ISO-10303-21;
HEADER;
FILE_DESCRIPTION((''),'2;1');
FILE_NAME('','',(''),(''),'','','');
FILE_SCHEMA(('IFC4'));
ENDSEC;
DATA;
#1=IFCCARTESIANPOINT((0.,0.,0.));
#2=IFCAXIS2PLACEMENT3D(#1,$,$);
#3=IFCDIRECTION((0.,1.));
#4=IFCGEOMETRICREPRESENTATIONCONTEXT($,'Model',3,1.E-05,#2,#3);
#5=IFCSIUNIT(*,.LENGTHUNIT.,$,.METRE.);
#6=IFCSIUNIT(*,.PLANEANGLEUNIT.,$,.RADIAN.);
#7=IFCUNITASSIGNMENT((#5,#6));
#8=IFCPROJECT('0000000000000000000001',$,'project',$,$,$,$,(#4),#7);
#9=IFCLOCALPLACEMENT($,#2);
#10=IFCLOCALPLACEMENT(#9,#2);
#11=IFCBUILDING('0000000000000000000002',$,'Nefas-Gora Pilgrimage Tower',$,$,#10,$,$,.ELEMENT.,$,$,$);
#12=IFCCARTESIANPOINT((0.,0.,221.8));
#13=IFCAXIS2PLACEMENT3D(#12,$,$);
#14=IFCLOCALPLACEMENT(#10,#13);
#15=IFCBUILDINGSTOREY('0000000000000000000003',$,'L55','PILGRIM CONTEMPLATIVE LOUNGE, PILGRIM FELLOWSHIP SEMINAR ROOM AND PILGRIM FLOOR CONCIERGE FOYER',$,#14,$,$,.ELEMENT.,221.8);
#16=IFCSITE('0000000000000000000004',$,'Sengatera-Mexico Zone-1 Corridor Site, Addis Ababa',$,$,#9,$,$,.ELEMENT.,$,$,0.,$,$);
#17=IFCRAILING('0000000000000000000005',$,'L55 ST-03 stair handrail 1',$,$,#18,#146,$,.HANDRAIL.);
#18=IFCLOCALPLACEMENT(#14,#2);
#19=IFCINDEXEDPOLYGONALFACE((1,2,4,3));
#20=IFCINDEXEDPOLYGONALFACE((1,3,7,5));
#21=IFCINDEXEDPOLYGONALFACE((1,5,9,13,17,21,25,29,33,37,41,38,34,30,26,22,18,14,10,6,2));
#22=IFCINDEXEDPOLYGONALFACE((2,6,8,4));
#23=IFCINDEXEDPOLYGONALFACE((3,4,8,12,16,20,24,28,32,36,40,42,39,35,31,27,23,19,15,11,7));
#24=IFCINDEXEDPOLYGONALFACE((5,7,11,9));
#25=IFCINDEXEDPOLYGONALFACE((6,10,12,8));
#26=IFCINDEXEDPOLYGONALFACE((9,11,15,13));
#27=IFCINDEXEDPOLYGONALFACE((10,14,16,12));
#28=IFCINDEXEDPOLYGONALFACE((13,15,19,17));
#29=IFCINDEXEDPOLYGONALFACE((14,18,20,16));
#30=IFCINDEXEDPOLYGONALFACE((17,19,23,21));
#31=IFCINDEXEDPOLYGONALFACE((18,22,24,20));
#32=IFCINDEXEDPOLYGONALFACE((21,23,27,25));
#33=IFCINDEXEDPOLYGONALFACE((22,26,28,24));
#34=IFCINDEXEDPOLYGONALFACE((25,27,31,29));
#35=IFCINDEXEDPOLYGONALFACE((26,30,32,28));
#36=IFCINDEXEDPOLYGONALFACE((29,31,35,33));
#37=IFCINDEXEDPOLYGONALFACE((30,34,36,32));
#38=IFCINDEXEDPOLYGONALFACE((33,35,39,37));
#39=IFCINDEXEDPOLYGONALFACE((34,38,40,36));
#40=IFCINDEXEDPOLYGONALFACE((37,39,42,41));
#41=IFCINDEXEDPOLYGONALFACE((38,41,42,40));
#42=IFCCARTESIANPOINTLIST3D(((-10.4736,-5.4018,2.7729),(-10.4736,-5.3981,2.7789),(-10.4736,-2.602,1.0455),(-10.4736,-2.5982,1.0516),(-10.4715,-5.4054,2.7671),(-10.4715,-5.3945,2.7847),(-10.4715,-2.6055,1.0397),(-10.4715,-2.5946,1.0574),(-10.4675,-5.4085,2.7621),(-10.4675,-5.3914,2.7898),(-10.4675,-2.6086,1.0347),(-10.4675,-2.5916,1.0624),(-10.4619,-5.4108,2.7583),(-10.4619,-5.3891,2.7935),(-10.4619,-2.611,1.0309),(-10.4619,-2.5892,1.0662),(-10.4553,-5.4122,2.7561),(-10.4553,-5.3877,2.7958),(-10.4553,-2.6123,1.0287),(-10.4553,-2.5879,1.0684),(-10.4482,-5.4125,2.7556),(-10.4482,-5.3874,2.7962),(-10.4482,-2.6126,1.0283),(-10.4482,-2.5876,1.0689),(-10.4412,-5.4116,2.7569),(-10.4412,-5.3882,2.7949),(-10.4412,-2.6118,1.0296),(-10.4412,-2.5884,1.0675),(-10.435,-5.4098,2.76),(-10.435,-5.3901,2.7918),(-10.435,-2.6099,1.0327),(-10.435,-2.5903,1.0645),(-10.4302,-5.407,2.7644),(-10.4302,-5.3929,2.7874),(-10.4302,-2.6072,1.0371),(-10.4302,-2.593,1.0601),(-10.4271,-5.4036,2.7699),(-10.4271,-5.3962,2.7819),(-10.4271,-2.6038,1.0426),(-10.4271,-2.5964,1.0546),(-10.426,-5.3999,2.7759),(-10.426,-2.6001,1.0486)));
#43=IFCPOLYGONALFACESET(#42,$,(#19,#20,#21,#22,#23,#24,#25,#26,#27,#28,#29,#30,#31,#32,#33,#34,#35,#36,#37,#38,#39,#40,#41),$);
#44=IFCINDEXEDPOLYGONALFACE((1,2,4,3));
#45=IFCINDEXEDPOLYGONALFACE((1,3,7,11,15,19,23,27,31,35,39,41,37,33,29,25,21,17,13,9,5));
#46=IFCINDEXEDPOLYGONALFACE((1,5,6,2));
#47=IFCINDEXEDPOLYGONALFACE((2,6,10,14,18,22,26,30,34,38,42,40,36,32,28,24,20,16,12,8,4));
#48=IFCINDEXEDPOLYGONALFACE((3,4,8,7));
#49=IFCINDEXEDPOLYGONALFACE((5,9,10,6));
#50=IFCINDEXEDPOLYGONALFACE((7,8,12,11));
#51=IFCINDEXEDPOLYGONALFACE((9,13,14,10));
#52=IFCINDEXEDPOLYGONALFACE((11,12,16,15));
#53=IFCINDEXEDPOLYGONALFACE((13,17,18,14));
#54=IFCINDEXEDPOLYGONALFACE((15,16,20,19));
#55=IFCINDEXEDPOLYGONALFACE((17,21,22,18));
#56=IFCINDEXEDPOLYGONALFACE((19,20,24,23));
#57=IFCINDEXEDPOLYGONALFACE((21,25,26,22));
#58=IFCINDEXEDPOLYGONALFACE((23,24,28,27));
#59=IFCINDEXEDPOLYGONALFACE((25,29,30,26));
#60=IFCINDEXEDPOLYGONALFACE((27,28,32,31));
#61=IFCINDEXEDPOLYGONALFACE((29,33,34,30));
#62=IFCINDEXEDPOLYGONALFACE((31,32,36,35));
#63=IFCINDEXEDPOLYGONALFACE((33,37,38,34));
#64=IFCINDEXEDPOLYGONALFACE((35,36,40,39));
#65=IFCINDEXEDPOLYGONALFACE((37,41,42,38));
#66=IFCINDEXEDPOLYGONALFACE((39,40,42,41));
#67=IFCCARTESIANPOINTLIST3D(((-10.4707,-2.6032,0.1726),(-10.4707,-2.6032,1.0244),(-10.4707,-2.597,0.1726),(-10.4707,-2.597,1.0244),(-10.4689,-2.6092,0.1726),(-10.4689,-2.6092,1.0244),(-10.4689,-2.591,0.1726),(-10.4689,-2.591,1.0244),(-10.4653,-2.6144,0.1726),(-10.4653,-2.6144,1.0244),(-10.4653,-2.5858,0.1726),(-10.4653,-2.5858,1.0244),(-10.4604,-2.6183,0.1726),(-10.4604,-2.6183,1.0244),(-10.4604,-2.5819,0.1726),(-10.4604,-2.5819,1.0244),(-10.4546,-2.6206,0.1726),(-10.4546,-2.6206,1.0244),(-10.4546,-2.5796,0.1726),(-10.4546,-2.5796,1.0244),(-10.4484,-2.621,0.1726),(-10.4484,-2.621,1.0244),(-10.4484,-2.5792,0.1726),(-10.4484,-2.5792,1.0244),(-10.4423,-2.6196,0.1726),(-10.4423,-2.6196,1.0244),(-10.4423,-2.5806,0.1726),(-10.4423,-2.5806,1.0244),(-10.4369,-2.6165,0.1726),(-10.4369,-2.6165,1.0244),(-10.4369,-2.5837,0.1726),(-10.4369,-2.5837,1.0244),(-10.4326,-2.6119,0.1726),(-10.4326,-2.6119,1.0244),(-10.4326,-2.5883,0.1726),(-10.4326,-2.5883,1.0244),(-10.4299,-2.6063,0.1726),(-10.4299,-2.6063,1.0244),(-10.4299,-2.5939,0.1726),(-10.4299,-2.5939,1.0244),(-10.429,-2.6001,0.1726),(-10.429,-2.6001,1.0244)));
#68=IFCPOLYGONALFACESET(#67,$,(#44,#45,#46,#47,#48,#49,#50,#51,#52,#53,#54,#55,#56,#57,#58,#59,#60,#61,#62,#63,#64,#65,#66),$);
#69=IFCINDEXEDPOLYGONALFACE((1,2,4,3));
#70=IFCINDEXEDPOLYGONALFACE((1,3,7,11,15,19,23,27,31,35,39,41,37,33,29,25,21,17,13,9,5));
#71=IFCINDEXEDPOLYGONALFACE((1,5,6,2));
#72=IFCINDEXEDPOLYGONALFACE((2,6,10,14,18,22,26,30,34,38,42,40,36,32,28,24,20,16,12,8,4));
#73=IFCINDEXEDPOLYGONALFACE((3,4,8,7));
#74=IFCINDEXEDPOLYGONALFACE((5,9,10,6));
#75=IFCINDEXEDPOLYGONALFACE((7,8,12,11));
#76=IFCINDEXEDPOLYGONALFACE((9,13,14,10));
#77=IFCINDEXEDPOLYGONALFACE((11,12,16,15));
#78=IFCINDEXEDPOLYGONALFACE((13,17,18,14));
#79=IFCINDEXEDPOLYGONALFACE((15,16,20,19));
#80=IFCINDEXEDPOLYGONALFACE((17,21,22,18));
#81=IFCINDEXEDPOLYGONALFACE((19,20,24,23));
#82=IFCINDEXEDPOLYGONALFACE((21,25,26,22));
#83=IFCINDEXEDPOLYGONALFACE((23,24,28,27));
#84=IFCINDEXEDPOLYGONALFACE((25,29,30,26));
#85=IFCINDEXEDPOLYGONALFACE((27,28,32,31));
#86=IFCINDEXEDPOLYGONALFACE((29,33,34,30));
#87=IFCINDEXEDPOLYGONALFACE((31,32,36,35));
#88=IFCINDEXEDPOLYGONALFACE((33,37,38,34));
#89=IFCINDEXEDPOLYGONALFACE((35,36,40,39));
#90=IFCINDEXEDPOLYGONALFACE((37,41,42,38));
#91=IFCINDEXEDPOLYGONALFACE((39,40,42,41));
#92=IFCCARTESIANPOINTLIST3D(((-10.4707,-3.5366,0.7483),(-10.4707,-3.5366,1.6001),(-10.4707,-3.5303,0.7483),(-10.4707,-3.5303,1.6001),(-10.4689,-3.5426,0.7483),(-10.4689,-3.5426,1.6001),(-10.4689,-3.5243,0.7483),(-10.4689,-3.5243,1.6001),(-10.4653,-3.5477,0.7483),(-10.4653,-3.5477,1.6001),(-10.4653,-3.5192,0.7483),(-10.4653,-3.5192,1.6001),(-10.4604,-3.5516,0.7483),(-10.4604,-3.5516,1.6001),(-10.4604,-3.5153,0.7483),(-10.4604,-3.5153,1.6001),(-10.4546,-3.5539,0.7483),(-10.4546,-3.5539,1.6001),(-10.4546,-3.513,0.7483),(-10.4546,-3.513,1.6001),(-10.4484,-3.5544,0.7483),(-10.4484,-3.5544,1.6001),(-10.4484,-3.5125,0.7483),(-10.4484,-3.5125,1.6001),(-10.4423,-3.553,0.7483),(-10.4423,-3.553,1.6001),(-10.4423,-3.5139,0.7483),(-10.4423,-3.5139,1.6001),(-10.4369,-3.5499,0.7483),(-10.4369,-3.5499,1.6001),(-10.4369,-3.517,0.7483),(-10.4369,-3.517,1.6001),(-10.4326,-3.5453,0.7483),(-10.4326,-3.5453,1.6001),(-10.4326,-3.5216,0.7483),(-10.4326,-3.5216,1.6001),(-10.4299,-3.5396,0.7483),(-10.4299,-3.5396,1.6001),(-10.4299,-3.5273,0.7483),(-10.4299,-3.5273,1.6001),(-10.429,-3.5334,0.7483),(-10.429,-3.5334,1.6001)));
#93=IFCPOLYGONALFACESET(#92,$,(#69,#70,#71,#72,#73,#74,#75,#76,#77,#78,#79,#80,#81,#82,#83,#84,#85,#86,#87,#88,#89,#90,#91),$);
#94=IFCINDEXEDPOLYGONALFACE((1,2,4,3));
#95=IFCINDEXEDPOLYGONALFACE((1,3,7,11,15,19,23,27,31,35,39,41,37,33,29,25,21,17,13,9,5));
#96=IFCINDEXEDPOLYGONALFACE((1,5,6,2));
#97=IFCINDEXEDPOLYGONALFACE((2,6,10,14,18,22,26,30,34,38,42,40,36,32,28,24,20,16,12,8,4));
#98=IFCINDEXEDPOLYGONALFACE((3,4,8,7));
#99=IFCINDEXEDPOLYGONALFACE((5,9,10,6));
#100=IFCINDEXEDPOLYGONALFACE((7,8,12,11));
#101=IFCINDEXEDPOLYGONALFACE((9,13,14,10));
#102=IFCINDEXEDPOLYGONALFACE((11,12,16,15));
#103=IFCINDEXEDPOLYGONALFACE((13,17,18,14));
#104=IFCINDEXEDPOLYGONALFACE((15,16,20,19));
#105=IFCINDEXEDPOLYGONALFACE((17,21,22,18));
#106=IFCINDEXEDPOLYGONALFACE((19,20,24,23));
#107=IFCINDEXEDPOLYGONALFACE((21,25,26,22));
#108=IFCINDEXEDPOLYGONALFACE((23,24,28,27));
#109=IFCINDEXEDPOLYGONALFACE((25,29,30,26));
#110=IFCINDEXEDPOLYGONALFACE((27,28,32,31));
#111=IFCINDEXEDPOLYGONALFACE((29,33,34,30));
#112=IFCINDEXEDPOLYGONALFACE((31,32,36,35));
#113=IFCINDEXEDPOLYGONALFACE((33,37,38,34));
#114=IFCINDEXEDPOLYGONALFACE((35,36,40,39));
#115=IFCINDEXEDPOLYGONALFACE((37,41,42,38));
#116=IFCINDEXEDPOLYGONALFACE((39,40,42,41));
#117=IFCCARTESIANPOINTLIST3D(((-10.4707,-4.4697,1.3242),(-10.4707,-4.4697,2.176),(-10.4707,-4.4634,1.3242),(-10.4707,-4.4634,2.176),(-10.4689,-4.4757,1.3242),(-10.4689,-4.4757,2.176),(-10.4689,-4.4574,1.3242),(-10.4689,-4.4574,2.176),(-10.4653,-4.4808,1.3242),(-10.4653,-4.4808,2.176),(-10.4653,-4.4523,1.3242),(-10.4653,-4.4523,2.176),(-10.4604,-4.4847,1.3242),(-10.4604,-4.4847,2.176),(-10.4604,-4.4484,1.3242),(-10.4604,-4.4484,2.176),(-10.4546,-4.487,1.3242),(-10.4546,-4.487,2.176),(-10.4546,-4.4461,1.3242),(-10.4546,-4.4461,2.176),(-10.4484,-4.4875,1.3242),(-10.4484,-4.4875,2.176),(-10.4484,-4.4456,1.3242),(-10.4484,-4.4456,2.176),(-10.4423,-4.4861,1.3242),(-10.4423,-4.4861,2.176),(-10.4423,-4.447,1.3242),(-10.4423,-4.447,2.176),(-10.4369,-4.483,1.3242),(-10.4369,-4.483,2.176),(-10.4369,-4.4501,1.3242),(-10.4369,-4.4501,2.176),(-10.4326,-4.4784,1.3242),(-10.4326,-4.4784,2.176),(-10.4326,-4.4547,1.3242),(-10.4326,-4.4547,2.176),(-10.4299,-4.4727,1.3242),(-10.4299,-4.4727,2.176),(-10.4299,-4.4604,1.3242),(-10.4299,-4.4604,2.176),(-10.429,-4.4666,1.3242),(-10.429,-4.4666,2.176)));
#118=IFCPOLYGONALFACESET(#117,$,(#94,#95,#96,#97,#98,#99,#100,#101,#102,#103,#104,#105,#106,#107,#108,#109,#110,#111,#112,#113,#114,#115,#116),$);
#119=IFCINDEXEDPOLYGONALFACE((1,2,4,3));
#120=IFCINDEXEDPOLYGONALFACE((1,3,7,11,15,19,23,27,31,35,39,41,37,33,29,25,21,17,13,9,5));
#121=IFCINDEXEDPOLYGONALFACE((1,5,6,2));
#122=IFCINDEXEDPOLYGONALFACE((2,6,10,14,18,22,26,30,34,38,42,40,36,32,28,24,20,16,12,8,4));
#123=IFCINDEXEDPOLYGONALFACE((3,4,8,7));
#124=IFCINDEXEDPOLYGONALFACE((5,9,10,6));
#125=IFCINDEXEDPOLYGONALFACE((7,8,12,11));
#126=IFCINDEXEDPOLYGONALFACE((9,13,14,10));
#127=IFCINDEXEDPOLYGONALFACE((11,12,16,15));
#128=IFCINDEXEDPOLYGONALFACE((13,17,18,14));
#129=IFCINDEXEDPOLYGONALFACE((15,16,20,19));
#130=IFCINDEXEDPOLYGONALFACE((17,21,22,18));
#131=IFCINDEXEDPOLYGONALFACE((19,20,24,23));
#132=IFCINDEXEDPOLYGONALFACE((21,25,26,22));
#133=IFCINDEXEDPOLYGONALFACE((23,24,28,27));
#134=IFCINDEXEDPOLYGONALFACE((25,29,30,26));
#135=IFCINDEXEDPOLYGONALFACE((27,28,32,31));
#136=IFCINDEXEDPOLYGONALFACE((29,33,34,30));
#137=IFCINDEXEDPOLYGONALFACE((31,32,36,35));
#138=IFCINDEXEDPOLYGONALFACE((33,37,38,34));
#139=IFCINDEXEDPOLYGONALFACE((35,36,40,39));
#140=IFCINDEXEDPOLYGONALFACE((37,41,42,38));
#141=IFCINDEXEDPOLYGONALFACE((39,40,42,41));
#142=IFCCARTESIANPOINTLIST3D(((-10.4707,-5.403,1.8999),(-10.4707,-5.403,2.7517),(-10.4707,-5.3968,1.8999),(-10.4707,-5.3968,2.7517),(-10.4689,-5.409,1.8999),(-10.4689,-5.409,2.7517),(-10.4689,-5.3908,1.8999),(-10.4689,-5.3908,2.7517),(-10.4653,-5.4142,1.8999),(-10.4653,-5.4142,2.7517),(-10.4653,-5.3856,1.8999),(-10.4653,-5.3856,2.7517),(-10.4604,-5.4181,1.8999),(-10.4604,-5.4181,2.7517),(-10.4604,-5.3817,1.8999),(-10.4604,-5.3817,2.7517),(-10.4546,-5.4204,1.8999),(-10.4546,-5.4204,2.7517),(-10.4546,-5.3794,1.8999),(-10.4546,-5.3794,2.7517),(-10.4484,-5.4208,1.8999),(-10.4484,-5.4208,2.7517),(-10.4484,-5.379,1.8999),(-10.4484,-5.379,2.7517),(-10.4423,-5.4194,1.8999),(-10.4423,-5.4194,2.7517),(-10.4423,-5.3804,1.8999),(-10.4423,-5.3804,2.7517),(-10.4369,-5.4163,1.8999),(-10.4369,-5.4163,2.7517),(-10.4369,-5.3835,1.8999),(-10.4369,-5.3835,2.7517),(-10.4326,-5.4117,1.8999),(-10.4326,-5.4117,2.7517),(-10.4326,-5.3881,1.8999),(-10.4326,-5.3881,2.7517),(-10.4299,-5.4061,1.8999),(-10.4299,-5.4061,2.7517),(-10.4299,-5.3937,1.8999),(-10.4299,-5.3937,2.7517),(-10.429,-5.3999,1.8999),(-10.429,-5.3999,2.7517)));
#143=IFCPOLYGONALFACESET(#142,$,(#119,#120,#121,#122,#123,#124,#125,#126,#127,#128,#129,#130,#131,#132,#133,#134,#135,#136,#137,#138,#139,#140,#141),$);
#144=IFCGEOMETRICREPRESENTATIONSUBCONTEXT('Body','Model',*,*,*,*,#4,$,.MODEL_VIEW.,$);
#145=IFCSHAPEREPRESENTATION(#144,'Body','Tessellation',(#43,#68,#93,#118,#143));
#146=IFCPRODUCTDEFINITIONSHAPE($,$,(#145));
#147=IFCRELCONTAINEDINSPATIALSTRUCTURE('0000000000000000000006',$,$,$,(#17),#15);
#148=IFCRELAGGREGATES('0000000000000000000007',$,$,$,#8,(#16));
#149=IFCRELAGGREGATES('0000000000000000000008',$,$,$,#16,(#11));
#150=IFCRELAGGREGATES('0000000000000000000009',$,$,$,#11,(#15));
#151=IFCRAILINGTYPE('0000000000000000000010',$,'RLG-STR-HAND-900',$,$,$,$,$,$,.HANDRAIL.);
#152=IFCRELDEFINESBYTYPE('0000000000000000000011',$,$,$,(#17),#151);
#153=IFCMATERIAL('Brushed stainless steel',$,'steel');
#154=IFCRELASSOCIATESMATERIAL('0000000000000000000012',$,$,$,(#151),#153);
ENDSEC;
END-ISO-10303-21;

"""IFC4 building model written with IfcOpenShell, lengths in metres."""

from ifc_helpers import new_model, si_unit, direction, frame, origin, origin_2d, place, context, subcontext, project, spatial, circle, extrude, material, type_object, element, save


model = new_model("IFC4")

# Units and contexts
model_context = context("Model", 3, precision=1e-05, world=origin(), true_north=direction((0.0, 1.0)))
body_context = subcontext(model_context, "Body", "Model", "MODEL_VIEW")
ifc_project = project(units=[si_unit("LENGTHUNIT", "METRE"), si_unit("PLANEANGLEUNIT", "RADIAN")], contexts=[model_context])

# Site, building, storey
site_placement = place(None, origin())
site = spatial("IfcSite", under=ifc_project, at=site_placement, Name="Sengatera-Mexico Zone-1 Corridor Site, Addis Ababa", CompositionType="ELEMENT", RefElevation=0.0)
building_placement = place(site_placement, origin())
building = spatial("IfcBuilding", under=site, at=building_placement, Name="Nefas-Gora Pilgrimage Tower", CompositionType="ELEMENT")
storey_placement = place(building_placement, frame((0.0, 0.0, 221.8)))
storey = spatial("IfcBuildingStorey", under=building, at=storey_placement, Name="L55", Description="PILGRIM CONTEMPLATIVE LOUNGE, PILGRIM FELLOWSHIP SEMINAR ROOM AND PILGRIM FLOOR CONCIERGE FOYER", CompositionType="ELEMENT", Elevation=221.8)

# Railing
ifc_material_1 = material(Name="Brushed stainless steel", Category="steel")
railing_type_1 = type_object("IfcRailingType", Name="RLG-STR-HAND-900", PredefinedType="HANDRAIL", material=ifc_material_1)
railing_1_placement = place(storey_placement, frame((-10.45, -2.6001, 0.1726)))
element("IfcRailing", 1, at=railing_1_placement, inside=storey, type_object=railing_type_1, Name="L55 ST-03 stair handrail 1", PredefinedType="HANDRAIL", context=body_context, shape_type="SweptSolid", body=[
    extrude(circle(Radius=0.0239, at=origin_2d()), frame((0.0, 0.0, 0.876), z_axis=(0.0, -0.851069, 0.525054), x_axis=(1.0, 0.0, 0.0)), (0.0, 0.0, 1.0), 3.2898),
    extrude(circle(Radius=0.021, at=origin_2d()), origin(), (0.0, 0.0, 1.0), 0.8518),
    extrude(circle(Radius=0.021, at=origin_2d()), frame((0.0, -0.9333, 0.5757)), (0.0, 0.0, 1.0), 0.8518),
    extrude(circle(Radius=0.021, at=origin_2d()), frame((0.0, -1.8665, 1.1516)), (0.0, 0.0, 1.0), 0.8518),
    extrude(circle(Radius=0.021, at=origin_2d()), frame((0.0, -2.7998, 1.7273)), (0.0, 0.0, 1.0), 0.8518),
])

save(model, "model.ifc")
